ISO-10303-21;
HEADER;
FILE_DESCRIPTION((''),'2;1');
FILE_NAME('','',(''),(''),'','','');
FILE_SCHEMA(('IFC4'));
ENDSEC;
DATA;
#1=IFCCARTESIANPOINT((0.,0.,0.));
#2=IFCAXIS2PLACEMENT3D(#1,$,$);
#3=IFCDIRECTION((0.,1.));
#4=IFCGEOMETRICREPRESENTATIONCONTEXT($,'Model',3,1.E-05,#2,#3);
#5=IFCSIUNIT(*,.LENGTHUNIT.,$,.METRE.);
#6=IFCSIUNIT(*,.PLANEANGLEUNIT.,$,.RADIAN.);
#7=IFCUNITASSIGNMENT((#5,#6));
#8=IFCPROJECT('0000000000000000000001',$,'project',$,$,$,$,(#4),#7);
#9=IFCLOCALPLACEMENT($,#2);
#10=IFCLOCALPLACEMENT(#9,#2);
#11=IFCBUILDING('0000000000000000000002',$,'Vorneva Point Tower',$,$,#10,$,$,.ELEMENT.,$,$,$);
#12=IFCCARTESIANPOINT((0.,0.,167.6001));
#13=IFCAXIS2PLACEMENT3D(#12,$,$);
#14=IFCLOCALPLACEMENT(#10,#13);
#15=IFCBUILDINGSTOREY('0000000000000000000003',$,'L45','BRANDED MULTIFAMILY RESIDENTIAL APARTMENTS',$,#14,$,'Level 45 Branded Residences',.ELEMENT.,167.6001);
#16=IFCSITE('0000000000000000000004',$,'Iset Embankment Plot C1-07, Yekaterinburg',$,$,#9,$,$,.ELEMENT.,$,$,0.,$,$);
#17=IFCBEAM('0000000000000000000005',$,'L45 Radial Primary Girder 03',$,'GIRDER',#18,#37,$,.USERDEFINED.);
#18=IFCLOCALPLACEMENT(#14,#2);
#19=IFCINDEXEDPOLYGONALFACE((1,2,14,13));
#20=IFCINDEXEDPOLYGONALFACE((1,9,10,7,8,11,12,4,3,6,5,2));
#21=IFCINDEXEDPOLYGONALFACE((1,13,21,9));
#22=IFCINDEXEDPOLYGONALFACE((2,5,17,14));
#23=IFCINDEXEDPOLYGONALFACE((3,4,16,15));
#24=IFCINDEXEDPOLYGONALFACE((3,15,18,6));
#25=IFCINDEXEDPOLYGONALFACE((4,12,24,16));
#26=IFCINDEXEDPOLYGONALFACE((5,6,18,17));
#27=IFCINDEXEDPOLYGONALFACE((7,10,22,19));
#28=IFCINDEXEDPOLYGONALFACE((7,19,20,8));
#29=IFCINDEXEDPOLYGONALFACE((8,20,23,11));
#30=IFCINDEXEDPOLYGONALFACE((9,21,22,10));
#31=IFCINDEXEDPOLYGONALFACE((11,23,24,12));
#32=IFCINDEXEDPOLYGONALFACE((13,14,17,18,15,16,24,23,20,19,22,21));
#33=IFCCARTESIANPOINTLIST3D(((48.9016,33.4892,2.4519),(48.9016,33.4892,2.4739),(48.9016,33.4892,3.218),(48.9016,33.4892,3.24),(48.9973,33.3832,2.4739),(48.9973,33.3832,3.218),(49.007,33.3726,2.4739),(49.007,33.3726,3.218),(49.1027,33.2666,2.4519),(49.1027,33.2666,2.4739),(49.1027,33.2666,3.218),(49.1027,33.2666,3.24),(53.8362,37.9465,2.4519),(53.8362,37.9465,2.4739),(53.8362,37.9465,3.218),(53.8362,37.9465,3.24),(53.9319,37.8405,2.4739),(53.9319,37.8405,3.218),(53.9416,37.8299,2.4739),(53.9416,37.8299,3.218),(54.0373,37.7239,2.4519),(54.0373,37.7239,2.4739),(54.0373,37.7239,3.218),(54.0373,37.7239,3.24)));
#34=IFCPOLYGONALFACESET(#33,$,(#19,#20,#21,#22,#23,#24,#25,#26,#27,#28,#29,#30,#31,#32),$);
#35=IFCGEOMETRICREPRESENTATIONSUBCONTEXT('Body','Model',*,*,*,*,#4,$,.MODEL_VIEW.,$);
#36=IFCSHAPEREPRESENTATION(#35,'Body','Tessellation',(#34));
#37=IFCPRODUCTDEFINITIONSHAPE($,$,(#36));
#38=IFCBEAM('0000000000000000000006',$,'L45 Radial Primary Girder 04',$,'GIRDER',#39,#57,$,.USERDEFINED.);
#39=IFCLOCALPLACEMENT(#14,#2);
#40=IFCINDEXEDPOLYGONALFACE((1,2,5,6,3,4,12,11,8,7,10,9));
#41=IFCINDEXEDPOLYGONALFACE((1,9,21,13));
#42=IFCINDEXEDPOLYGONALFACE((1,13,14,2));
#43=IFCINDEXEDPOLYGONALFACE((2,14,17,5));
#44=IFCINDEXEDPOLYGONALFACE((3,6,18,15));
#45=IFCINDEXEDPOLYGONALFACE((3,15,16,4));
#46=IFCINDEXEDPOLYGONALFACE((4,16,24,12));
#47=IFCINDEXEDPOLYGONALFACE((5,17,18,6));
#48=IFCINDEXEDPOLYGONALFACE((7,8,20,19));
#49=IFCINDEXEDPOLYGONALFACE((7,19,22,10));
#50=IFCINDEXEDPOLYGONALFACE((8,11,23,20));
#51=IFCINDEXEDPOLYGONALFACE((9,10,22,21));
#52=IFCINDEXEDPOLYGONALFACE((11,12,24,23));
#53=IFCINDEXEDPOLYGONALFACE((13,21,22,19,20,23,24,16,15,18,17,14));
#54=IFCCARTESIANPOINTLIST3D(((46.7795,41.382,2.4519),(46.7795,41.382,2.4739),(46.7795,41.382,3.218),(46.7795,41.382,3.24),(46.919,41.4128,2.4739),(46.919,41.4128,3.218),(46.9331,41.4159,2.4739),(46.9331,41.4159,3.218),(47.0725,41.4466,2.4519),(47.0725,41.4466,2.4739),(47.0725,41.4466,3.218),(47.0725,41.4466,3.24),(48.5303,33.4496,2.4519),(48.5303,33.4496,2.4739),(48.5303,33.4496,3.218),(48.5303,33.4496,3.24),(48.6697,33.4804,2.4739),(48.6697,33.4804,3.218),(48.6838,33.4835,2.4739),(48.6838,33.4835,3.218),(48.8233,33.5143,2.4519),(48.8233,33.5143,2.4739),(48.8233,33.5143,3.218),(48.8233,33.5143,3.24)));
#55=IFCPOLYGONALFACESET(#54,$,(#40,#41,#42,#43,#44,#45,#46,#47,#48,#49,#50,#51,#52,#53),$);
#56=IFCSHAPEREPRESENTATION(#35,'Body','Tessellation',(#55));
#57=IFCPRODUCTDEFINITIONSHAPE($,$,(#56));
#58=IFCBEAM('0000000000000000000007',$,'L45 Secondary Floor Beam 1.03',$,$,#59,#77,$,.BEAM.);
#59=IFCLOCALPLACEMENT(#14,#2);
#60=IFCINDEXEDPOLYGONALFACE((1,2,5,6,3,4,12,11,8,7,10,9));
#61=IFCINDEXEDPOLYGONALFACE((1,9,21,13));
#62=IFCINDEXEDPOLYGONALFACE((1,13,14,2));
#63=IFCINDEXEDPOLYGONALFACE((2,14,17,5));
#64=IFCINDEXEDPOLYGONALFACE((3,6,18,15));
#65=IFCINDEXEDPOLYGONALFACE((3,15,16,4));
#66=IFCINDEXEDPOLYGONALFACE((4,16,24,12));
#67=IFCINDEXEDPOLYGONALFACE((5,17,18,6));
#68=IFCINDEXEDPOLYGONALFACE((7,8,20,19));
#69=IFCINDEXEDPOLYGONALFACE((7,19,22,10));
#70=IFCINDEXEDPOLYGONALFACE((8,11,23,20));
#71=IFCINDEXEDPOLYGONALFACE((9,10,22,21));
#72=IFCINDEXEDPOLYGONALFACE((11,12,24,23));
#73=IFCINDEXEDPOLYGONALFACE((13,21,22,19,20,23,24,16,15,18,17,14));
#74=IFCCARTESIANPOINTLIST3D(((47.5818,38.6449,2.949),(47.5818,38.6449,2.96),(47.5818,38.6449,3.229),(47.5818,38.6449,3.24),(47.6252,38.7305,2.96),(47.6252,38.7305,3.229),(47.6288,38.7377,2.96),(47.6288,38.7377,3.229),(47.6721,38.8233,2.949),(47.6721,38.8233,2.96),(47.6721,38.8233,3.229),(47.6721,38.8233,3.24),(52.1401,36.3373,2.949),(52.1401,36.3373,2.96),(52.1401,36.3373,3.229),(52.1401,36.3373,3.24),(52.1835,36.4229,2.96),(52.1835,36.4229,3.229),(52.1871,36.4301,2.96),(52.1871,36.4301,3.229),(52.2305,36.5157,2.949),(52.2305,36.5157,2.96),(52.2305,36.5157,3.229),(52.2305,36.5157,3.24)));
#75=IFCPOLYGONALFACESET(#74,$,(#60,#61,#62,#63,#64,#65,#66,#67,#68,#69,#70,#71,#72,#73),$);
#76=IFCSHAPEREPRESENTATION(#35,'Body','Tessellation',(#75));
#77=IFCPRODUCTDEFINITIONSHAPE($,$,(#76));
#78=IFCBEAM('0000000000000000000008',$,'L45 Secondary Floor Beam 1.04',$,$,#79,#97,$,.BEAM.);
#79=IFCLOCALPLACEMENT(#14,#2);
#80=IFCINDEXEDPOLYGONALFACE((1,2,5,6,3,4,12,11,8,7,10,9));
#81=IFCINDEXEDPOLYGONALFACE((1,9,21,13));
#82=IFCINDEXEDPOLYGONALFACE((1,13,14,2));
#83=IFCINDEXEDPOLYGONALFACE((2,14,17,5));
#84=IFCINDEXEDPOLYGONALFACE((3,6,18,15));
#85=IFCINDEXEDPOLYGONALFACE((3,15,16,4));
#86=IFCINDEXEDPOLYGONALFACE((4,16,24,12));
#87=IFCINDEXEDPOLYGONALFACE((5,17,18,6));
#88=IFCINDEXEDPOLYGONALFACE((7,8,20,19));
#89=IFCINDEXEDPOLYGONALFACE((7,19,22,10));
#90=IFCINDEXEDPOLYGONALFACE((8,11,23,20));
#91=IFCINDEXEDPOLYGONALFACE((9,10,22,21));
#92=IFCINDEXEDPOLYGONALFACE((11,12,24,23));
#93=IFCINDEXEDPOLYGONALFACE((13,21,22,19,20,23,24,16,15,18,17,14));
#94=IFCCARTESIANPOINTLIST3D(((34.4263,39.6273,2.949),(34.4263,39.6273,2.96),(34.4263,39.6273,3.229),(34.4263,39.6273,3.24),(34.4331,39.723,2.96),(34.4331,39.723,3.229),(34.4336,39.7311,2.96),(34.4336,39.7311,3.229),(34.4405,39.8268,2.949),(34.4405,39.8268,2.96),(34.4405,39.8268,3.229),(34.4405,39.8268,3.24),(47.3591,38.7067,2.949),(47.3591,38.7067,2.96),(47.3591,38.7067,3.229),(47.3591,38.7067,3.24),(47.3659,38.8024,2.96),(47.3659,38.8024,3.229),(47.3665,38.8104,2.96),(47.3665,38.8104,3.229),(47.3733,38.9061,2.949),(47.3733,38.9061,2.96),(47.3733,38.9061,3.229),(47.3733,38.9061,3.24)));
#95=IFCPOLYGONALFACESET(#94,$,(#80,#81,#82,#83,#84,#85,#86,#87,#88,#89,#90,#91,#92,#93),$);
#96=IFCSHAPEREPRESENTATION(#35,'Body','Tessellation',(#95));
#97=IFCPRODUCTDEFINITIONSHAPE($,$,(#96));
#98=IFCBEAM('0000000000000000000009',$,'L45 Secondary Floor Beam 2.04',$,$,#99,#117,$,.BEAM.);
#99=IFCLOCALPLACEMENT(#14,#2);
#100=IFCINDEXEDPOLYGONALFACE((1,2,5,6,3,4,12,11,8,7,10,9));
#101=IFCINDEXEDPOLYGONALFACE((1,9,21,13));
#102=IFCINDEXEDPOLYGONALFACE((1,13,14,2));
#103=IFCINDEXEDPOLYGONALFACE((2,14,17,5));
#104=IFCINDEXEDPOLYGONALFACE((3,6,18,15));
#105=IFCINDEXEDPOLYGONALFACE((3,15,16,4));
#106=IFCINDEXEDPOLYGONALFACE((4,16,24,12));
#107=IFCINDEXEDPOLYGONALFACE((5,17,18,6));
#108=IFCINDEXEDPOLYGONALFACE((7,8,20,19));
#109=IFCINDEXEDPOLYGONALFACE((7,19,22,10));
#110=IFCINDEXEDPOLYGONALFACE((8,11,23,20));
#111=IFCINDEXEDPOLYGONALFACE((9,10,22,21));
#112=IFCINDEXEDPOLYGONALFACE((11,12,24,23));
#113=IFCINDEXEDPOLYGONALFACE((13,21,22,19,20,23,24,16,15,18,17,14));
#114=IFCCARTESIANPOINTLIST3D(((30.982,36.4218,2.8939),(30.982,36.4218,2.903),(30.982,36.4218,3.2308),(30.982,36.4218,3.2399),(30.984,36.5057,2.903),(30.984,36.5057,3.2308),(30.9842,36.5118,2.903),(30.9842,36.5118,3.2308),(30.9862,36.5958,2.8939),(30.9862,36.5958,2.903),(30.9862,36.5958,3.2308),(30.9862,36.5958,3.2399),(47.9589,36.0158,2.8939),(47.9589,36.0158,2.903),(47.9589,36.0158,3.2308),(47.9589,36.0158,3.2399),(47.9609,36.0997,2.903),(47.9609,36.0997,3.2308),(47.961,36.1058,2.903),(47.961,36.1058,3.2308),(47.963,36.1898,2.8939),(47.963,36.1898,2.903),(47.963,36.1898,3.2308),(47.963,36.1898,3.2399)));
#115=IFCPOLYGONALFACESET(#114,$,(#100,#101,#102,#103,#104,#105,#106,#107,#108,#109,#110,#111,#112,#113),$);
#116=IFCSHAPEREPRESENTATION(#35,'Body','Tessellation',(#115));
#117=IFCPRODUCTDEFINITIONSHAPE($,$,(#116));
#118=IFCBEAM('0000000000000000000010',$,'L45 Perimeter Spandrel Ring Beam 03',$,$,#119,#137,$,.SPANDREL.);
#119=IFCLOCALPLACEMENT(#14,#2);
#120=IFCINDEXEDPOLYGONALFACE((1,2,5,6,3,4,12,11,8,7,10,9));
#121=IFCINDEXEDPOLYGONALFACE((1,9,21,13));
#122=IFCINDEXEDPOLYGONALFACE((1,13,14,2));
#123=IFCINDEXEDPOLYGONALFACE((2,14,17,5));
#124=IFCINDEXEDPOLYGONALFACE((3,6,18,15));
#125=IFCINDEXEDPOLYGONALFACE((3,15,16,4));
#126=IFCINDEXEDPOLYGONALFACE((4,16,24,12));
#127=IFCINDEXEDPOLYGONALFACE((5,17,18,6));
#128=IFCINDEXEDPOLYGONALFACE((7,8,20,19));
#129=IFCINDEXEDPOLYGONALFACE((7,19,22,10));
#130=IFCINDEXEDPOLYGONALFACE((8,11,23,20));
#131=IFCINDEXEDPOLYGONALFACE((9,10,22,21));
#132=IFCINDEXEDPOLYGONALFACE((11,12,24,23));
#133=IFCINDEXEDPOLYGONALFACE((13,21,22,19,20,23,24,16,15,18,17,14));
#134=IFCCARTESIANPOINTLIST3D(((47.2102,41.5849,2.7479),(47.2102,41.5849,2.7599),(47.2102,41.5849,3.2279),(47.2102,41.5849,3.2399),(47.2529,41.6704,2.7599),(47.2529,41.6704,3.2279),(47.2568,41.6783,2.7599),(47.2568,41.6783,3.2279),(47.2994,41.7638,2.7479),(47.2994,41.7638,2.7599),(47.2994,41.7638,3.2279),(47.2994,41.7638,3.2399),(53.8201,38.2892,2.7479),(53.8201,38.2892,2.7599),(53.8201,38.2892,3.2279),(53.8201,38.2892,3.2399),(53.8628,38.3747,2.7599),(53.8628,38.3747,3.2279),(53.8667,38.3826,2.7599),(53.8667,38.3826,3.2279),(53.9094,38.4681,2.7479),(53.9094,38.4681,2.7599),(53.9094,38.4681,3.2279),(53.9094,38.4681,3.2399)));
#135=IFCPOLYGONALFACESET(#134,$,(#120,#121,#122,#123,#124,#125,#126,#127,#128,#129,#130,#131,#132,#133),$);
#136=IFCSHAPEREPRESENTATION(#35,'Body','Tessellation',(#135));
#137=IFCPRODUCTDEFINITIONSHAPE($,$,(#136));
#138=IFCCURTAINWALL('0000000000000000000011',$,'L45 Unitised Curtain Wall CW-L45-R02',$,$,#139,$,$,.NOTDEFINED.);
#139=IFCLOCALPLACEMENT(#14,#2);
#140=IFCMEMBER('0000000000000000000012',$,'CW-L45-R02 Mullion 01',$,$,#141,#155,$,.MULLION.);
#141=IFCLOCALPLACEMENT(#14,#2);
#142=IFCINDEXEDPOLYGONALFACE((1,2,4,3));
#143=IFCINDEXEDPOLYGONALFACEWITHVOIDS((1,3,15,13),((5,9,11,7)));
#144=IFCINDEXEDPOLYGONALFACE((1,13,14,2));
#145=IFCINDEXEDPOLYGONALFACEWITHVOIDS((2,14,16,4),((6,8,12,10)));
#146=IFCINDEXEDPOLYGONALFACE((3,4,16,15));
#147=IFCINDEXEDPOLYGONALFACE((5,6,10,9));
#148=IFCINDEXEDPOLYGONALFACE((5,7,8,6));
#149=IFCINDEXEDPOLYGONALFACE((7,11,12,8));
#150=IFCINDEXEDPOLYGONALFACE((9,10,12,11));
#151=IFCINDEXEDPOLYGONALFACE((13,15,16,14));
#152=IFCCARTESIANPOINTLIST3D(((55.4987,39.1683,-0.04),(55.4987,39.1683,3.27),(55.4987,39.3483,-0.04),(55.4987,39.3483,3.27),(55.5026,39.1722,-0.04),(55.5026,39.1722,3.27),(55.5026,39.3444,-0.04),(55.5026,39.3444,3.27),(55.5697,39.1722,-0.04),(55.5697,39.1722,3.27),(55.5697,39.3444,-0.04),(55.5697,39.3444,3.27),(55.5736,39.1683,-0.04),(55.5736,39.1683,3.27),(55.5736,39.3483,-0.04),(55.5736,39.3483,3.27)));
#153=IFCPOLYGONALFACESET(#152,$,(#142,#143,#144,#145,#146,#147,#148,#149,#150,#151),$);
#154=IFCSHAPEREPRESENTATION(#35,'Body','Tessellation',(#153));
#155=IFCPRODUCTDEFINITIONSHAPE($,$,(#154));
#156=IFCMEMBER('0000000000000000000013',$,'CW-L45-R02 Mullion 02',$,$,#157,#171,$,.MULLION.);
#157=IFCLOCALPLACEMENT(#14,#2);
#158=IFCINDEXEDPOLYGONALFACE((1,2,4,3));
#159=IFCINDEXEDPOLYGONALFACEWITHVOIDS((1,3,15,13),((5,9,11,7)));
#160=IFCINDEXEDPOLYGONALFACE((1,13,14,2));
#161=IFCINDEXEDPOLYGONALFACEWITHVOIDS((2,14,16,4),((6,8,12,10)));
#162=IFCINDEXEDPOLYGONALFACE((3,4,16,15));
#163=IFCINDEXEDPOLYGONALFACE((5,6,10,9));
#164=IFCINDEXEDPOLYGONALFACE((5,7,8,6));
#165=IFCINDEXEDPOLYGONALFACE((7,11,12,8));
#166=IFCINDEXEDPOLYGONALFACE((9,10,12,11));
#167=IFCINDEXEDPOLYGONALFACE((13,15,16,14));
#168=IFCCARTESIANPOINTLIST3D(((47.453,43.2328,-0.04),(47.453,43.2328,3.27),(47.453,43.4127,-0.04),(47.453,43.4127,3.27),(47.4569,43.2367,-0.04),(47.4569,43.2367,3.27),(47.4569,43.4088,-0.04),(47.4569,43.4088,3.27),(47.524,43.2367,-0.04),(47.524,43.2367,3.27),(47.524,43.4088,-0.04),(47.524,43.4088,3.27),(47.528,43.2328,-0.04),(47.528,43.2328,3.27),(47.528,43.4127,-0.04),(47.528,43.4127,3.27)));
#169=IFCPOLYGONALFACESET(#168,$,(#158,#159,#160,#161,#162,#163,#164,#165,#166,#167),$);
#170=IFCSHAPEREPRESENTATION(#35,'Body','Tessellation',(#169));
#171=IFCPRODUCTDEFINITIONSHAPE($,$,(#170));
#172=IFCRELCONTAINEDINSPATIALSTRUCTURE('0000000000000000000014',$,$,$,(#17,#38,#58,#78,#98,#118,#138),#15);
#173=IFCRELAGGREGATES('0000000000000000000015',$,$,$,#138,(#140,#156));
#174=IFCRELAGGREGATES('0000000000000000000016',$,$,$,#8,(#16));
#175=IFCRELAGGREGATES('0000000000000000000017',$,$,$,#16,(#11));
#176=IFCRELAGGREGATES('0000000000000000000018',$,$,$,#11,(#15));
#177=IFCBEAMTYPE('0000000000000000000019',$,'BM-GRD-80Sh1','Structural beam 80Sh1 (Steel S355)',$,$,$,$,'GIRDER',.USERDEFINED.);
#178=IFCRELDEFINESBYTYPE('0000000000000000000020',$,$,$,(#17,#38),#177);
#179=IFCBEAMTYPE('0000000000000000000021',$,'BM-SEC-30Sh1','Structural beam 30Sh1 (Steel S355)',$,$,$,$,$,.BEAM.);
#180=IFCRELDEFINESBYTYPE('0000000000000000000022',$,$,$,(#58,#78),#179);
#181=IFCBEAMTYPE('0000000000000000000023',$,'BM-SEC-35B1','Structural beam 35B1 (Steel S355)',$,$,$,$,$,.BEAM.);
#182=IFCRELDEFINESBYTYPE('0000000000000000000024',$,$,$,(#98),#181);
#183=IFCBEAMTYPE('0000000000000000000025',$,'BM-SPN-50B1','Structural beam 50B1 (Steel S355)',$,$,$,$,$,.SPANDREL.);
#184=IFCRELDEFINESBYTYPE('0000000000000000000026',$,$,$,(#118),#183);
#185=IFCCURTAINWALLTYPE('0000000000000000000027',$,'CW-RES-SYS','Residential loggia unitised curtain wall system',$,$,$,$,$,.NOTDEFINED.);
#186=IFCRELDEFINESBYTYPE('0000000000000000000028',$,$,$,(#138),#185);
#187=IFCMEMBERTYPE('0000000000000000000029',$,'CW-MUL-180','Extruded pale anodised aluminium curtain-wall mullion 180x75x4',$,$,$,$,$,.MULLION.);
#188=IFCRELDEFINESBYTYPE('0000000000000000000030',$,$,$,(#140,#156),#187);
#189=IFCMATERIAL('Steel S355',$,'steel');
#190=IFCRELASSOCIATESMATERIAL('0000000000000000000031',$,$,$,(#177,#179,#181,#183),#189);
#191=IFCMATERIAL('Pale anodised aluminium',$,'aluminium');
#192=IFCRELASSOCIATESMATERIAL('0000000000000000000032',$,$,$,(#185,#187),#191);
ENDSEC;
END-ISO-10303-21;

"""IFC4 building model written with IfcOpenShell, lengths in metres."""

from ifc_helpers import new_model, si_unit, direction, frame, origin, origin_2d, place, context, subcontext, project, spatial, hollow_rectangle, i_section, extrude, material, material_profile, profile_set, type_object, element, aggregate, save


model = new_model("IFC4")

# Units and contexts
model_context = context("Model", 3, precision=1e-05, world=origin(), true_north=direction((0.0, 1.0)))
body_context = subcontext(model_context, "Body", "Model", "MODEL_VIEW")
ifc_project = project(units=[si_unit("LENGTHUNIT", "METRE"), si_unit("PLANEANGLEUNIT", "RADIAN")], contexts=[model_context])

# Site, building, storey
site_placement = place(None, origin())
site = spatial("IfcSite", under=ifc_project, at=site_placement, Name="Iset Embankment Plot C1-07, Yekaterinburg", CompositionType="ELEMENT", RefElevation=0.0)
building_placement = place(site_placement, origin())
building = spatial("IfcBuilding", under=site, at=building_placement, Name="Vorneva Point Tower", CompositionType="ELEMENT")
storey_placement = place(building_placement, frame((0.0, 0.0, 167.6001)))
storey = spatial("IfcBuildingStorey", under=building, at=storey_placement, Name="L45", Description="BRANDED MULTIFAMILY RESIDENTIAL APARTMENTS", LongName="Level 45 Branded Residences", CompositionType="ELEMENT", Elevation=167.6001)

# Beams
ifc_material_1 = material(Name="Steel S355", Category="steel")
ifc_material_profile_1 = material_profile(ifc_material_1, i_section(OverallWidth=0.3, OverallDepth=0.7881, WebThickness=0.0144, FlangeThickness=0.022, at=origin_2d()), Name="80Sh1")
ifc_profile_set_1 = profile_set([ifc_material_profile_1], Name="Steel S355")
beam_type_1 = type_object("IfcBeamType", Name="BM-GRD-80Sh1", Description="Structural beam 80Sh1 (Steel S355)", ElementType="GIRDER", PredefinedType="USERDEFINED", material=ifc_profile_set_1)
beam_1_placement = place(storey_placement, frame((53.9368, 37.8352, 2.8459), z_axis=(-0.742084, -0.670306, 0.0), x_axis=(0.670306, -0.742084, 0.0)))
element("IfcBeam", 1, at=beam_1_placement, inside=storey, type_object=beam_type_1, Name="L45 Radial Primary Girder 03", ObjectType="GIRDER", PredefinedType="USERDEFINED", context=body_context, shape_type="SweptSolid", body=[
    extrude(i_section(OverallWidth=0.3, OverallDepth=0.7881, WebThickness=0.0144, FlangeThickness=0.022, at=origin_2d()), origin(), (0.0, 0.0, 1.0), 6.6497),
])
beam_2_placement = place(storey_placement, frame((46.926, 41.4143, 2.8459), z_axis=(0.215521, -0.976499, 0.0), x_axis=(0.976499, 0.215521, 0.0)))
element("IfcBeam", 2, at=beam_2_placement, inside=storey, type_object=beam_type_1, Name="L45 Radial Primary Girder 04", ObjectType="GIRDER", PredefinedType="USERDEFINED", context=body_context, shape_type="SweptSolid", body=[
    extrude(i_section(OverallWidth=0.3, OverallDepth=0.7881, WebThickness=0.0144, FlangeThickness=0.022, at=origin_2d()), origin(), (0.0, 0.0, 1.0), 8.1233),
])
ifc_material_profile_2 = material_profile(ifc_material_1, i_section(OverallWidth=0.2, OverallDepth=0.291, WebThickness=0.0081, FlangeThickness=0.011, at=origin_2d()), Name="30Sh1")
ifc_profile_set_2 = profile_set([ifc_material_profile_2], Name="Steel S355")
beam_type_2 = type_object("IfcBeamType", Name="BM-SEC-30Sh1", Description="Structural beam 30Sh1 (Steel S355)", PredefinedType="BEAM", material=ifc_profile_set_2)
beam_3_placement = place(storey_placement, frame((52.1853, 36.4265, 3.0945), z_axis=(-0.892189, 0.451662, 0.0), x_axis=(-0.451662, -0.892189, 0.0)))
element("IfcBeam", 3, at=beam_3_placement, inside=storey, type_object=beam_type_2, Name="L45 Secondary Floor Beam 1.03", PredefinedType="BEAM", context=body_context, shape_type="SweptSolid", body=[
    extrude(i_section(OverallWidth=0.2, OverallDepth=0.291, WebThickness=0.0081, FlangeThickness=0.011, at=origin_2d()), origin(), (0.0, 0.0, 1.0), 5.1091),
])
beam_4_placement = place(storey_placement, frame((47.3662, 38.8064, 3.0945), z_axis=(-0.997476, 0.071008, 0.0), x_axis=(-0.071008, -0.997476, 0.0)))
element("IfcBeam", 4, at=beam_4_placement, inside=storey, type_object=beam_type_2, Name="L45 Secondary Floor Beam 1.04", PredefinedType="BEAM", context=body_context, shape_type="SweptSolid", body=[
    extrude(i_section(OverallWidth=0.2, OverallDepth=0.291, WebThickness=0.0081, FlangeThickness=0.011, at=origin_2d()), origin(), (0.0, 0.0, 1.0), 12.9656),
])
ifc_material_profile_3 = material_profile(ifc_material_1, i_section(OverallWidth=0.1741, OverallDepth=0.3459, WebThickness=0.0061, FlangeThickness=0.009, at=origin_2d()), Name="35B1")
ifc_profile_set_3 = profile_set([ifc_material_profile_3], Name="Steel S355")
beam_type_3 = type_object("IfcBeamType", Name="BM-SEC-35B1", Description="Structural beam 35B1 (Steel S355)", PredefinedType="BEAM", material=ifc_profile_set_3)
beam_5_placement = place(storey_placement, frame((47.9609, 36.1028, 3.0669), z_axis=(-0.999714, 0.023908, 0.0), x_axis=(-0.023908, -0.999714, 0.0)))
element("IfcBeam", 5, at=beam_5_placement, inside=storey, type_object=beam_type_3, Name="L45 Secondary Floor Beam 2.04", PredefinedType="BEAM", context=body_context, shape_type="SweptSolid", body=[
    extrude(i_section(OverallWidth=0.1741, OverallDepth=0.3459, WebThickness=0.0061, FlangeThickness=0.009, at=origin_2d()), origin(), (0.0, 0.0, 1.0), 16.9817),
])
ifc_material_profile_4 = material_profile(ifc_material_1, i_section(OverallWidth=0.2, OverallDepth=0.4919, WebThickness=0.0088, FlangeThickness=0.012, at=origin_2d()), Name="50B1")
ifc_profile_set_4 = profile_set([ifc_material_profile_4], Name="Steel S355")
beam_type_4 = type_object("IfcBeamType", Name="BM-SPN-50B1", Description="Structural beam 50B1 (Steel S355)", PredefinedType="SPANDREL", material=ifc_profile_set_4)
beam_6_placement = place(storey_placement, frame((53.8647, 38.3787, 2.9939), z_axis=(-0.894929, 0.446208, 0.0), x_axis=(-0.446208, -0.894929, 0.0)))
element("IfcBeam", 6, at=beam_6_placement, inside=storey, type_object=beam_type_4, Name="L45 Perimeter Spandrel Ring Beam 03", PredefinedType="SPANDREL", context=body_context, shape_type="SweptSolid", body=[
    extrude(i_section(OverallWidth=0.2, OverallDepth=0.4919, WebThickness=0.0088, FlangeThickness=0.012, at=origin_2d()), origin(), (0.0, 0.0, 1.0), 7.386),
])

# Curtain wall, members
ifc_material_2 = material(Name="Pale anodised aluminium", Category="aluminium")
curtain_wall_type = type_object("IfcCurtainWallType", Name="CW-RES-SYS", Description="Residential loggia unitised curtain wall system", PredefinedType="NOTDEFINED", material=ifc_material_2)
curtain_wall_placement = place(storey_placement, origin())
curtain_wall = element("IfcCurtainWall", 7, at=curtain_wall_placement, inside=storey, type_object=curtain_wall_type, Name="L45 Unitised Curtain Wall CW-L45-R02", PredefinedType="NOTDEFINED")
ifc_material_profile_5 = material_profile(ifc_material_2, hollow_rectangle(XDim=0.075, YDim=0.1799, WallThickness=0.0039, at=origin_2d()), Name="AL-MUL 180x75x4")
ifc_profile_set_5 = profile_set([ifc_material_profile_5], Name="Pale anodised aluminium")
member_type_1 = type_object("IfcMemberType", Name="CW-MUL-180", Description="Extruded pale anodised aluminium curtain-wall mullion 180x75x4", PredefinedType="MULLION", material=ifc_profile_set_5)
member_1_placement = place(storey_placement, frame((55.5361, 39.2583, -0.04), z_axis=(0.0, 0.0, 1.0), x_axis=(1.0, 0.0, 0.0)))
member_1 = element("IfcMember", 8, at=member_1_placement, type_object=member_type_1, Name="CW-L45-R02 Mullion 01", PredefinedType="MULLION", context=body_context, shape_type="SweptSolid", body=[
    extrude(hollow_rectangle(XDim=0.075, YDim=0.1799, WallThickness=0.0039, at=origin_2d()), origin(), (0.0, 0.0, 1.0), 3.3101),
])
member_2_placement = place(storey_placement, frame((47.4905, 43.3228, -0.04), z_axis=(0.0, 0.0, 1.0), x_axis=(1.0, 0.0, 0.0)))
member_2 = element("IfcMember", 9, at=member_2_placement, type_object=member_type_1, Name="CW-L45-R02 Mullion 02", PredefinedType="MULLION", context=body_context, shape_type="SweptSolid", body=[
    extrude(hollow_rectangle(XDim=0.075, YDim=0.1799, WallThickness=0.0039, at=origin_2d()), origin(), (0.0, 0.0, 1.0), 3.3101),
])
aggregate(curtain_wall, [member_1, member_2])

save(model, "model.ifc")
